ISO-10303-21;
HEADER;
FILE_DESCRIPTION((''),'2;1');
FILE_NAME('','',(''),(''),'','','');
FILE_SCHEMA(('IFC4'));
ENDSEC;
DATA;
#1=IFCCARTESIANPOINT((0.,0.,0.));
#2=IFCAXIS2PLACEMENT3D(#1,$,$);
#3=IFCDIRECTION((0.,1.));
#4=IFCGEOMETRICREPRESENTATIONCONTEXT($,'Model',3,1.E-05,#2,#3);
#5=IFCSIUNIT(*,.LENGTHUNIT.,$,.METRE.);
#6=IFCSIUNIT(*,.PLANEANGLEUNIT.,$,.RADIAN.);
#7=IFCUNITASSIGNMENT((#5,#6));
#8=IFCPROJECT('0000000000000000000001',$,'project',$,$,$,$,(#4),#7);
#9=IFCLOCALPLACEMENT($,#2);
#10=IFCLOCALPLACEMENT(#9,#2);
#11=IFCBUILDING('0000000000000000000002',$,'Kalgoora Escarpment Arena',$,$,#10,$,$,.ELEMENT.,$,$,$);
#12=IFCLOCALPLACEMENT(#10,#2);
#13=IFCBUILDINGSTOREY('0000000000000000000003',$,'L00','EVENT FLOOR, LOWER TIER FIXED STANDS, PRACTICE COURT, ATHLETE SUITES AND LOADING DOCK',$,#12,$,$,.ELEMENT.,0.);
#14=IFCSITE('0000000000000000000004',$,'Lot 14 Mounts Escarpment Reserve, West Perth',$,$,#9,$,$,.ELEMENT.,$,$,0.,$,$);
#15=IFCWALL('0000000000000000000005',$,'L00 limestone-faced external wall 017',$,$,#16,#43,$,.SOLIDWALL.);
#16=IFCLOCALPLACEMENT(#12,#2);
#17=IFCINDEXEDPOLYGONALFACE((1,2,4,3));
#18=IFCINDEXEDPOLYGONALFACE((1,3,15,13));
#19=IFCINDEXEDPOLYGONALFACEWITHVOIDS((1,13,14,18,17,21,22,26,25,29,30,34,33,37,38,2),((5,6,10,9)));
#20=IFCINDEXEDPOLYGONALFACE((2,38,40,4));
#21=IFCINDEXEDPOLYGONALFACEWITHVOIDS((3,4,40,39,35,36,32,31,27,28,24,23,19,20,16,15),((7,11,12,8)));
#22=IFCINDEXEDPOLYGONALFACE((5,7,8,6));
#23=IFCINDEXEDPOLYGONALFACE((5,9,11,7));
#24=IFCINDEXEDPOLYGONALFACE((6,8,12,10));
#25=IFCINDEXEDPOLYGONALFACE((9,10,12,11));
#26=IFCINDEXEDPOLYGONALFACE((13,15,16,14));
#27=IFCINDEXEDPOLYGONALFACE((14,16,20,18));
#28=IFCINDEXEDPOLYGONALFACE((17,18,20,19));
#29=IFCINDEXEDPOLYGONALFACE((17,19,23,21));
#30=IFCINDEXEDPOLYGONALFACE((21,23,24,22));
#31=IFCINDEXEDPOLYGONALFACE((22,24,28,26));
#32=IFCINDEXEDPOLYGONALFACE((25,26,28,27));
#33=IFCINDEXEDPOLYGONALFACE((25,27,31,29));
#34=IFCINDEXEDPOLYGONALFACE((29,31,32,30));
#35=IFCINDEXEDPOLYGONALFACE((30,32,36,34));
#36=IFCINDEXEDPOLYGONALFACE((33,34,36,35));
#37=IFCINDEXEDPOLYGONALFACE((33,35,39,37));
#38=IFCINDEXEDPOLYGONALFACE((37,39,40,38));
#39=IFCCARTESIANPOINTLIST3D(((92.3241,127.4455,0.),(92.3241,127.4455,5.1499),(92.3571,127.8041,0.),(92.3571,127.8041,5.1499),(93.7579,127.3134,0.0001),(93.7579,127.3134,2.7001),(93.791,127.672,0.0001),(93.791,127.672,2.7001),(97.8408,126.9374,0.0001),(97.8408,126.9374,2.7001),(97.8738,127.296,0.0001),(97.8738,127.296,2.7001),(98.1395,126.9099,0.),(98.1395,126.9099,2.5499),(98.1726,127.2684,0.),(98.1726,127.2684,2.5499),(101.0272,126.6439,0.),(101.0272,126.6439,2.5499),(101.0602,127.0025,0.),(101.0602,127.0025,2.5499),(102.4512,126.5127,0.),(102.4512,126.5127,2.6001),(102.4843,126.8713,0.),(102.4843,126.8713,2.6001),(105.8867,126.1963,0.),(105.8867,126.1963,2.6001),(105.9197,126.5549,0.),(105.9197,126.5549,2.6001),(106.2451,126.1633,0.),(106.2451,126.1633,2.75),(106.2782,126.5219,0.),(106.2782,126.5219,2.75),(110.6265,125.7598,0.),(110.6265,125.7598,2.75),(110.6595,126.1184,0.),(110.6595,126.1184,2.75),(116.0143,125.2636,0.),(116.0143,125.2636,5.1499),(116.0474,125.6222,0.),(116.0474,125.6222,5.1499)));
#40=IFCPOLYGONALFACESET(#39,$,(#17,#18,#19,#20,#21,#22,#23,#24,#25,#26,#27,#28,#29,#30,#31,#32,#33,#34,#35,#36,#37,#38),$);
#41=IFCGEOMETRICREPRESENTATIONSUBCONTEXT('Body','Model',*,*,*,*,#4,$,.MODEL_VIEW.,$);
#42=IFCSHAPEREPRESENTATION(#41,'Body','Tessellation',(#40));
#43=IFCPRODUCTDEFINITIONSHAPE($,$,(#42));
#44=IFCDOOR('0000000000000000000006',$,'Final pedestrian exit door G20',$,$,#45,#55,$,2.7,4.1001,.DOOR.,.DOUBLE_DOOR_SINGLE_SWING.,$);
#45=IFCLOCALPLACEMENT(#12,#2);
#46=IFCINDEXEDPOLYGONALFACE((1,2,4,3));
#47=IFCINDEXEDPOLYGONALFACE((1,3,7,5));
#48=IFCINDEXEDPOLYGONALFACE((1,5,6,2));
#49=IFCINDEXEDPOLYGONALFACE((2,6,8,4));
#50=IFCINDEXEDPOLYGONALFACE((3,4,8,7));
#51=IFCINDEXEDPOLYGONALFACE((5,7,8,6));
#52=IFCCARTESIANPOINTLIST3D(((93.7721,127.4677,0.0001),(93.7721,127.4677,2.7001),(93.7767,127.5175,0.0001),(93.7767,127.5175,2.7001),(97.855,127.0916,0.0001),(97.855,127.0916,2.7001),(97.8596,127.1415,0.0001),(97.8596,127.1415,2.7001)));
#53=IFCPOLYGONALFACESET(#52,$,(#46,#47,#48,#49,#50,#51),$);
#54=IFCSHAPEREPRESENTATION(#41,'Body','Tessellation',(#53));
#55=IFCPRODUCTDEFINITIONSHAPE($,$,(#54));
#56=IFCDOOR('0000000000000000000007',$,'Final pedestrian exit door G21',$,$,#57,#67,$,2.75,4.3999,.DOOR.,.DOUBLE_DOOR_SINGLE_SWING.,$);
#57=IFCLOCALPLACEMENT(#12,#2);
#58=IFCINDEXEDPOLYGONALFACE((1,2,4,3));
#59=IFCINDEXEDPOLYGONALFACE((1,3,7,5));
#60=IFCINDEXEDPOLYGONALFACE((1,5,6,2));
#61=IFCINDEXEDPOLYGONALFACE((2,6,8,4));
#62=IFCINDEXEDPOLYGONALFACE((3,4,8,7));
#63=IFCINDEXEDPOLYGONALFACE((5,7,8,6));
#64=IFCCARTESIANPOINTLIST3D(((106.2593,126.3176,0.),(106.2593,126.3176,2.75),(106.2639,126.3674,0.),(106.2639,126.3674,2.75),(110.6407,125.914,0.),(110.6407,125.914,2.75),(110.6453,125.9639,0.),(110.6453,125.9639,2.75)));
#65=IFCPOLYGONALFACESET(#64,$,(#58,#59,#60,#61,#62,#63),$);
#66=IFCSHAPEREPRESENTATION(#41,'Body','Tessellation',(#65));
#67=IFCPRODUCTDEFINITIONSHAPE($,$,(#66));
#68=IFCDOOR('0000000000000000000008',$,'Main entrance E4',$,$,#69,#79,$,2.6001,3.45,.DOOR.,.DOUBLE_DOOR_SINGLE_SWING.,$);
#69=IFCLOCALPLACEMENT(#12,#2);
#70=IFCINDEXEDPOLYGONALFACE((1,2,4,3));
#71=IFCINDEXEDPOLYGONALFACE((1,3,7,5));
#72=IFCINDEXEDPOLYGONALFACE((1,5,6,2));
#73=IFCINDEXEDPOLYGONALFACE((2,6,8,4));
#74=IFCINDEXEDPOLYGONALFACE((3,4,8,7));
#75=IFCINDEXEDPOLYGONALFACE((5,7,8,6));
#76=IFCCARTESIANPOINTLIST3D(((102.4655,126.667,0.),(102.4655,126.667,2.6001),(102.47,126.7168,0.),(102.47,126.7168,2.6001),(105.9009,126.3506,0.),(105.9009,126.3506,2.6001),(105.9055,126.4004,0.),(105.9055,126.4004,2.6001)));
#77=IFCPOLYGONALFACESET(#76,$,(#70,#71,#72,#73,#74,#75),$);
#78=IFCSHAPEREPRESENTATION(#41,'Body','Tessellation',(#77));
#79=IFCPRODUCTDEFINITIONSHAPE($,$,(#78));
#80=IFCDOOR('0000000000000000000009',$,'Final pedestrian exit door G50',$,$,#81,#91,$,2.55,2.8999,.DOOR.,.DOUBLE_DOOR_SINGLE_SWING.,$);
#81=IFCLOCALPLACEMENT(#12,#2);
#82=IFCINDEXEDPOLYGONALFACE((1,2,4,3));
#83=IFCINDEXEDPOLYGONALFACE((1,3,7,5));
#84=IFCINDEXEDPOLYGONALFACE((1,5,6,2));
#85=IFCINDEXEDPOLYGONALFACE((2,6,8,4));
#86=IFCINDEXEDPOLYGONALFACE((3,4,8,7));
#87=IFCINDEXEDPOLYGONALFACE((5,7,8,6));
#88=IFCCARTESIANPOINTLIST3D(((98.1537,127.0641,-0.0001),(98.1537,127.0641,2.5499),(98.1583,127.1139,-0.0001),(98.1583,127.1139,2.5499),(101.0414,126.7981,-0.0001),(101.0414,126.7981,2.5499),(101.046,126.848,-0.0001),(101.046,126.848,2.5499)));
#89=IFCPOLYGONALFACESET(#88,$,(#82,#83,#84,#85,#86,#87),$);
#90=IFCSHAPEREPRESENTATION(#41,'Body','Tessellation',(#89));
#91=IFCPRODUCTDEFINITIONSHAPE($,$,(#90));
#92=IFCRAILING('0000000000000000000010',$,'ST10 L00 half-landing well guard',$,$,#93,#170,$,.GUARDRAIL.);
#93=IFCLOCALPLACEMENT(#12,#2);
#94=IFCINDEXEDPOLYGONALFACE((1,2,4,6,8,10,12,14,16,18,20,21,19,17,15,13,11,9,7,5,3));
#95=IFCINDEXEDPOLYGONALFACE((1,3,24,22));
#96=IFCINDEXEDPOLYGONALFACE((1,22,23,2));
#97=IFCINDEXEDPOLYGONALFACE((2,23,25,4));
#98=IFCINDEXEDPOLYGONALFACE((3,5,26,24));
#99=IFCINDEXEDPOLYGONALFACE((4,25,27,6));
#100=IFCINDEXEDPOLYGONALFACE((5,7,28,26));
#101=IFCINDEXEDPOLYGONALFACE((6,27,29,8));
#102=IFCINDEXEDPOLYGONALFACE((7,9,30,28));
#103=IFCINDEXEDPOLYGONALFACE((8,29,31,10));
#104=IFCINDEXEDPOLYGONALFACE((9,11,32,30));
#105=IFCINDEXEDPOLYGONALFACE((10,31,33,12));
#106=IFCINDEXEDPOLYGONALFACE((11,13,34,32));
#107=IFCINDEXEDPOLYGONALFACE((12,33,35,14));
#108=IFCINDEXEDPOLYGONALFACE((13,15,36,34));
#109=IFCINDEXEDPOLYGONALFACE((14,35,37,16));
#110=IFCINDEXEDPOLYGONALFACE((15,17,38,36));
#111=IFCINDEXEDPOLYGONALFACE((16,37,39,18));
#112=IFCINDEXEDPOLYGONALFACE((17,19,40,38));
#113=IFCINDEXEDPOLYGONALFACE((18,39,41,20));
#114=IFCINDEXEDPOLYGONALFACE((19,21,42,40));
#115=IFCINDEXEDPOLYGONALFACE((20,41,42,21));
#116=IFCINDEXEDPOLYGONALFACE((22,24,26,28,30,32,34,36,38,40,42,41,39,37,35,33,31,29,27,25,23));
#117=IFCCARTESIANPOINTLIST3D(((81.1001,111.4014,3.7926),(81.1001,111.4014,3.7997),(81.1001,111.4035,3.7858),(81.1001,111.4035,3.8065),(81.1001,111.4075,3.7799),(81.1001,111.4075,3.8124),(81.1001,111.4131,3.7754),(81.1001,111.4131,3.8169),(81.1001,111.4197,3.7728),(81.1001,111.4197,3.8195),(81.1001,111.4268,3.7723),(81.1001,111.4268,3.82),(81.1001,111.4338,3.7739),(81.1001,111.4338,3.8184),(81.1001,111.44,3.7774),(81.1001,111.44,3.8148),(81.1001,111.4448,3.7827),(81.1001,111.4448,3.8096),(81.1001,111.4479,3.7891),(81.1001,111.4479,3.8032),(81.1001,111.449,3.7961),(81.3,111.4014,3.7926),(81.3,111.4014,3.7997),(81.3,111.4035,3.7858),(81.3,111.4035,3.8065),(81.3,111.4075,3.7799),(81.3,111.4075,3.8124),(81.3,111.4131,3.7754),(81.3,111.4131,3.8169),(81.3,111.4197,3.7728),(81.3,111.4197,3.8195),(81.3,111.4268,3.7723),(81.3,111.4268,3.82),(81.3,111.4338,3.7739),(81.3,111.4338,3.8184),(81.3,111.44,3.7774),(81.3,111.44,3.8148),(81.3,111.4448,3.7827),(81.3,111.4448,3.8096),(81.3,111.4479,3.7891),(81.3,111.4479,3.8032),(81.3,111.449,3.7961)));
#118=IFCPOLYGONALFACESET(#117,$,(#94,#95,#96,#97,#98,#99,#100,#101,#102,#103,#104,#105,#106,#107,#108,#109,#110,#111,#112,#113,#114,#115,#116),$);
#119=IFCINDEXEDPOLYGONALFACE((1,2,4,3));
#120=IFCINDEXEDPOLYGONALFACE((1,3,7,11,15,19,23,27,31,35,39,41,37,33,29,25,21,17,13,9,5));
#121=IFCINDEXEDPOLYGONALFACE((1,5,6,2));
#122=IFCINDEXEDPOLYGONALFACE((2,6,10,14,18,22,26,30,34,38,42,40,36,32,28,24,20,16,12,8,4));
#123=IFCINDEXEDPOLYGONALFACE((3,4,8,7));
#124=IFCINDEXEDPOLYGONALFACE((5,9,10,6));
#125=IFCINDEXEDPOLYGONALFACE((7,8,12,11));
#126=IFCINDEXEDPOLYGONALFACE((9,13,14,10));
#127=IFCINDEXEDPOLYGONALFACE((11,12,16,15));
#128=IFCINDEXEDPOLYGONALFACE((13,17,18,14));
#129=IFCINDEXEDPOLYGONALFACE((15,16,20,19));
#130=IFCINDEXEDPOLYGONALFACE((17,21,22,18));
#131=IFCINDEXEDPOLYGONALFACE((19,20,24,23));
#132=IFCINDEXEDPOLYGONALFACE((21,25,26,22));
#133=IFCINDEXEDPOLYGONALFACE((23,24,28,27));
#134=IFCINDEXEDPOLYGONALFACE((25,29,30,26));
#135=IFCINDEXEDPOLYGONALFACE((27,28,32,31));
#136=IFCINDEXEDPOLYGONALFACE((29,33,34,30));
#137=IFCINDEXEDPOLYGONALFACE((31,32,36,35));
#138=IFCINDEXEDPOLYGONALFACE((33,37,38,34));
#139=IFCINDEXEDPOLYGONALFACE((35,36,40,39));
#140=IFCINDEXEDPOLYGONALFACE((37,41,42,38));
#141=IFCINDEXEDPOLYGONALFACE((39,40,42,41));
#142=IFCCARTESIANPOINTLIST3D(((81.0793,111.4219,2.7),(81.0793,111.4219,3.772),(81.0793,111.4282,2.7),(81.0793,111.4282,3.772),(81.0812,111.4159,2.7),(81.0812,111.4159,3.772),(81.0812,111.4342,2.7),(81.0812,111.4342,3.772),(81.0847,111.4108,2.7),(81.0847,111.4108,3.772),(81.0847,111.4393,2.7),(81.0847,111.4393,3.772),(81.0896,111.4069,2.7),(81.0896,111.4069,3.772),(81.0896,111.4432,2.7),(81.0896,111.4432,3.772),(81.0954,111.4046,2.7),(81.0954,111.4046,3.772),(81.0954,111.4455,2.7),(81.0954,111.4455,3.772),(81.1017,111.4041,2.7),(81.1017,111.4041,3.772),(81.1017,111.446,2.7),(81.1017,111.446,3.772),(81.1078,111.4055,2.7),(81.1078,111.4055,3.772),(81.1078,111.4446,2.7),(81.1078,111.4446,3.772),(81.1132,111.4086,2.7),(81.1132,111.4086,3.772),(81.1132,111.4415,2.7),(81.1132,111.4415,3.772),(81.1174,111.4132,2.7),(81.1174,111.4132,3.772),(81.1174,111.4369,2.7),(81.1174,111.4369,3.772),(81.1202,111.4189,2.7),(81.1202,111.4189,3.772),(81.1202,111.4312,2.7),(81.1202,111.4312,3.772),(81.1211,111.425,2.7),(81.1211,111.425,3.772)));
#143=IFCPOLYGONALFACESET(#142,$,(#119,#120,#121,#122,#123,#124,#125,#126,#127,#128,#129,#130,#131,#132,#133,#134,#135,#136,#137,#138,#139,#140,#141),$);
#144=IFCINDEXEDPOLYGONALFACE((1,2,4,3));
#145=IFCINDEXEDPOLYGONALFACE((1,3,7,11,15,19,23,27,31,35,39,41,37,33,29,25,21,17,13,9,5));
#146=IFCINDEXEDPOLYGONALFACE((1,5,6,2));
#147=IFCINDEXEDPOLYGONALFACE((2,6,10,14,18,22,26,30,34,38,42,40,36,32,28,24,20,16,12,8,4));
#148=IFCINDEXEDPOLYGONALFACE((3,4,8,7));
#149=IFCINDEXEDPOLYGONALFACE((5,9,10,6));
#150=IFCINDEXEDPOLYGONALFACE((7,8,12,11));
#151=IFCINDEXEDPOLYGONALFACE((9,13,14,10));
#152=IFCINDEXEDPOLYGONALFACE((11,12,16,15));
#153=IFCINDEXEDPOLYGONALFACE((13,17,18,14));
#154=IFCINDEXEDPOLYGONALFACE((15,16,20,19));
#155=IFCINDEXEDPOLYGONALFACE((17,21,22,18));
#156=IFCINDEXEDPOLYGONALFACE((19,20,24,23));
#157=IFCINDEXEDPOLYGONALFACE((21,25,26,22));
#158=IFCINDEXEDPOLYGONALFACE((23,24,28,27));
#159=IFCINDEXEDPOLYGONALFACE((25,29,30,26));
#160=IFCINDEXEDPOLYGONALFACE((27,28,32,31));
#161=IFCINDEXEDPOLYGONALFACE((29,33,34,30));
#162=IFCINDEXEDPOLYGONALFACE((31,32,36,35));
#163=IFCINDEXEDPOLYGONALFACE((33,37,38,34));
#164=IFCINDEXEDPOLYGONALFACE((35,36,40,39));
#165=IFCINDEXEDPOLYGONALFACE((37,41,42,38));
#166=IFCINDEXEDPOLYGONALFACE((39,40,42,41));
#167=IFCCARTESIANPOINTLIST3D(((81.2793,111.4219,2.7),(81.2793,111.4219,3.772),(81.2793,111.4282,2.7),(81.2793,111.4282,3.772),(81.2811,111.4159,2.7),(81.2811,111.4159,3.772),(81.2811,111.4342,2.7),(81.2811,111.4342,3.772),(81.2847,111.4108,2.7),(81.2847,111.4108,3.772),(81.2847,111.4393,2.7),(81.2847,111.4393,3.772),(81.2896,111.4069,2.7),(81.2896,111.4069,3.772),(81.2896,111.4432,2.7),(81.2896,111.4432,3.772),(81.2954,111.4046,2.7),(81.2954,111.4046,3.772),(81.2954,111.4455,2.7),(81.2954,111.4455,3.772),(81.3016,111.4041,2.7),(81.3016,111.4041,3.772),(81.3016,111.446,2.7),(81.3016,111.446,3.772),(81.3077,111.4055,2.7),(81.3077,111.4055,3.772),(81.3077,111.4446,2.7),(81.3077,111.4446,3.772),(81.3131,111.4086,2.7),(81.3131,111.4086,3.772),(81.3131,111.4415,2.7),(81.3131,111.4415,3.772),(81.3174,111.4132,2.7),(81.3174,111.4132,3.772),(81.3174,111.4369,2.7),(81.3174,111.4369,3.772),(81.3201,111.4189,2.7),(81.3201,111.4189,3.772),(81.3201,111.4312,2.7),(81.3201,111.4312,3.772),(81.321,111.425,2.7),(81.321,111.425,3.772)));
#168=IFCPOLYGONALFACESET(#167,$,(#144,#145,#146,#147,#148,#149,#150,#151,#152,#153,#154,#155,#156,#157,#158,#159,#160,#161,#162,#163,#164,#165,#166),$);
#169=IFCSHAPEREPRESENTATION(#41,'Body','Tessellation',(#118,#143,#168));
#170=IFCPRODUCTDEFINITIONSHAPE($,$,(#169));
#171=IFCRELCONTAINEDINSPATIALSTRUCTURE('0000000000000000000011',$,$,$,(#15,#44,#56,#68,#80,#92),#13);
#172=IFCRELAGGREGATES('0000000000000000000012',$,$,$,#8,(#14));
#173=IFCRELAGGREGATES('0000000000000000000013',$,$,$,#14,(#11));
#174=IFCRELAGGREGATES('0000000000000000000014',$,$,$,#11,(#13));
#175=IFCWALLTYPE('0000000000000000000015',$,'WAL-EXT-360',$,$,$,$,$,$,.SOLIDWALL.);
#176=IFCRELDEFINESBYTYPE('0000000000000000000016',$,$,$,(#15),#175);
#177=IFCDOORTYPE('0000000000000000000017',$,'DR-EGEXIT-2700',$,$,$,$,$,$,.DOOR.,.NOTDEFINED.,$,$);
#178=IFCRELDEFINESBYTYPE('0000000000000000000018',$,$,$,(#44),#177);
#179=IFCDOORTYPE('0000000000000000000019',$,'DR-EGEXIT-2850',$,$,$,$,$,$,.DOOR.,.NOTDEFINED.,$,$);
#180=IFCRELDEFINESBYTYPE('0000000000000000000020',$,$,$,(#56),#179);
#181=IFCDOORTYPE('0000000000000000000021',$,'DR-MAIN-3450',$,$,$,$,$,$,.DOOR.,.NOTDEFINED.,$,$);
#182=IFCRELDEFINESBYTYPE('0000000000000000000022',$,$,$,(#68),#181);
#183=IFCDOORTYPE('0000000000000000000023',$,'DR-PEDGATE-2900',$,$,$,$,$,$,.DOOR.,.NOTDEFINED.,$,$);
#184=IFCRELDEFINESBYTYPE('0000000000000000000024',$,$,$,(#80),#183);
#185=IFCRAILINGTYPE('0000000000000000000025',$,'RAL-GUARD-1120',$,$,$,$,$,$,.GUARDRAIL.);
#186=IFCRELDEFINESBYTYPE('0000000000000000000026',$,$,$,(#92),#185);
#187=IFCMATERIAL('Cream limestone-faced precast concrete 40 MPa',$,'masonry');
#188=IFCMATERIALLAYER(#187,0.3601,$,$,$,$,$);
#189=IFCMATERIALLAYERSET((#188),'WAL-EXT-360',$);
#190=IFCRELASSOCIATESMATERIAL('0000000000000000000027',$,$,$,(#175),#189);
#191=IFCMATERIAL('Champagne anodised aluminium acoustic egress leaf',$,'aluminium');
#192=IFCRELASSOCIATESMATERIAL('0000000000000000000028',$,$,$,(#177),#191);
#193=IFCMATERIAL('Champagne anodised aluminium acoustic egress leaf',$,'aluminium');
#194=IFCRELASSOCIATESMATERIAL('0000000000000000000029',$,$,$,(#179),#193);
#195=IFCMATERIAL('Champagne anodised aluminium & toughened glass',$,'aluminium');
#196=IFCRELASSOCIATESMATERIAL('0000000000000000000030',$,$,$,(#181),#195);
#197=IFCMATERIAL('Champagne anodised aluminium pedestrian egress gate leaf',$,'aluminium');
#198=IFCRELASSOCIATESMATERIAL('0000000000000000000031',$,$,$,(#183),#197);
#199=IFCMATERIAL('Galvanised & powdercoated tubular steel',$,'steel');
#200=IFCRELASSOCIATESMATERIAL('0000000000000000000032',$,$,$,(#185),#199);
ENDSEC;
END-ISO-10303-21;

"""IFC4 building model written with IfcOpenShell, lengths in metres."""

from ifc_helpers import new_model, si_unit, direction, frame, frame_2d, origin, origin_2d, place, context, subcontext, project, spatial, rectangle, circle, extrude, material, layer, layer_set, type_object, element, fill, save


model = new_model("IFC4")

# Units and contexts
model_context = context("Model", 3, precision=1e-05, world=origin(), true_north=direction((0.0, 1.0)))
body_context = subcontext(model_context, "Body", "Model", "MODEL_VIEW")
ifc_project = project(units=[si_unit("LENGTHUNIT", "METRE"), si_unit("PLANEANGLEUNIT", "RADIAN")], contexts=[model_context])

# Site, building, storey
site_placement = place(None, origin())
site = spatial("IfcSite", under=ifc_project, at=site_placement, Name="Lot 14 Mounts Escarpment Reserve, West Perth", CompositionType="ELEMENT", RefElevation=0.0)
building_placement = place(site_placement, origin())
building = spatial("IfcBuilding", under=site, at=building_placement, Name="Kalgoora Escarpment Arena", CompositionType="ELEMENT")
storey_placement = place(building_placement, origin())
storey = spatial("IfcBuildingStorey", under=building, at=storey_placement, Name="L00", Description="EVENT FLOOR, LOWER TIER FIXED STANDS, PRACTICE COURT, ATHLETE SUITES AND LOADING DOCK", CompositionType="ELEMENT", Elevation=0.0)

# Wall, openings, doors
ifc_material_1 = material(Name="Cream limestone-faced precast concrete 40 MPa", Category="masonry")
ifc_layer = layer(ifc_material_1, 0.3601)
ifc_layer_set = layer_set([ifc_layer], Name="WAL-EXT-360")
wall_type = type_object("IfcWallType", Name="WAL-EXT-360", PredefinedType="SOLIDWALL", material=ifc_layer_set)
wall_placement = place(storey_placement, frame((92.3406, 127.6248, 0.0), z_axis=(0.0, 0.0, 1.0), x_axis=(0.995786, -0.091713, 0.0)))
wall = element("IfcWall", 1, at=wall_placement, inside=storey, type_object=wall_type, Name="L00 limestone-faced external wall 017", PredefinedType="SOLIDWALL", context=body_context, shape_type="SweptSolid", body=[
    extrude(rectangle(XDim=23.7905, YDim=0.3601, at=frame_2d((11.8953, 0.0))), origin(), (0.0, 0.0, 1.0), 5.1499),
])
opening_1_placement = place(wall_placement, frame((10.1699, 0.0, 0.0)))
opening_1 = element("IfcOpeningElement", 2, at=opening_1_placement, cuts=wall, PredefinedType="OPENING", context=body_context, shape_type="SweptSolid", body=[
    extrude(rectangle(XDim=3.45, YDim=2.6001, at=frame_2d((1.7251, 1.3))), frame((0.0, 0.1899, 0.0), z_axis=(0.0, -1.0, 0.0), x_axis=(1.0, 0.0, 0.0)), (0.0, 0.0, 1.0), 0.3801),
])
opening_2_placement = place(wall_placement, frame((1.4399, 0.0, 0.0)))
opening_2 = element("IfcOpeningElement", 3, at=opening_2_placement, cuts=wall, PredefinedType="OPENING", context=body_context, shape_type="SweptSolid", body=[
    extrude(rectangle(XDim=4.1001, YDim=2.7, at=frame_2d((2.05, 1.3501))), frame((0.0, 0.1899, 0.0), z_axis=(0.0, -1.0, 0.0), x_axis=(1.0, 0.0, 0.0)), (0.0, 0.0, 1.0), 0.3801),
])
opening_3_placement = place(wall_placement, frame((13.98, 0.0, 0.0)))
opening_3 = element("IfcOpeningElement", 4, at=opening_3_placement, cuts=wall, PredefinedType="OPENING", context=body_context, shape_type="SweptSolid", body=[
    extrude(rectangle(XDim=4.3999, YDim=2.75, at=frame_2d((2.2, 1.375))), frame((0.0, 0.1899, 0.0), z_axis=(0.0, -1.0, 0.0), x_axis=(1.0, 0.0, 0.0)), (0.0, 0.0, 1.0), 0.3801),
])
opening_4_placement = place(wall_placement, frame((5.8401, 0.0, 0.0)))
opening_4 = element("IfcOpeningElement", 5, at=opening_4_placement, cuts=wall, PredefinedType="OPENING", context=body_context, shape_type="SweptSolid", body=[
    extrude(rectangle(XDim=2.8999, YDim=2.55, at=frame_2d((1.45, 1.2749))), frame((0.0, 0.1899, 0.0), z_axis=(0.0, -1.0, 0.0), x_axis=(1.0, 0.0, 0.0)), (0.0, 0.0, 1.0), 0.3801),
])
ifc_material_2 = material(Name="Champagne anodised aluminium acoustic egress leaf", Category="aluminium")
door_type_1 = type_object("IfcDoorType", Name="DR-EGEXIT-2700", OperationType="NOTDEFINED", PredefinedType="DOOR", material=ifc_material_2)
door_1_placement = place(opening_2_placement, origin())
door_1 = element("IfcDoor", 6, at=door_1_placement, inside=storey, type_object=door_type_1, Name="Final pedestrian exit door G20", OperationType="DOUBLE_DOOR_SINGLE_SWING", OverallHeight=2.7, OverallWidth=4.1001, PredefinedType="DOOR", context=body_context, shape_type="SweptSolid", body=[
    extrude(rectangle(XDim=4.1001, YDim=2.7, at=frame_2d((2.05, 1.3501))), frame((0.0, 0.0249, 0.0), z_axis=(0.0, -1.0, 0.0), x_axis=(1.0, 0.0, 0.0)), (0.0, 0.0, 1.0), 0.05),
])
fill(opening_2, door_1)
ifc_material_3 = material(Name="Champagne anodised aluminium acoustic egress leaf", Category="aluminium")
door_type_2 = type_object("IfcDoorType", Name="DR-EGEXIT-2850", OperationType="NOTDEFINED", PredefinedType="DOOR", material=ifc_material_3)
door_2_placement = place(opening_3_placement, origin())
door_2 = element("IfcDoor", 7, at=door_2_placement, inside=storey, type_object=door_type_2, Name="Final pedestrian exit door G21", OperationType="DOUBLE_DOOR_SINGLE_SWING", OverallHeight=2.75, OverallWidth=4.3999, PredefinedType="DOOR", context=body_context, shape_type="SweptSolid", body=[
    extrude(rectangle(XDim=4.3999, YDim=2.75, at=frame_2d((2.2, 1.375))), frame((0.0, 0.0249, 0.0), z_axis=(0.0, -1.0, 0.0), x_axis=(1.0, 0.0, 0.0)), (0.0, 0.0, 1.0), 0.05),
])
fill(opening_3, door_2)
ifc_material_4 = material(Name="Champagne anodised aluminium & toughened glass", Category="aluminium")
door_type_3 = type_object("IfcDoorType", Name="DR-MAIN-3450", OperationType="NOTDEFINED", PredefinedType="DOOR", material=ifc_material_4)
door_3_placement = place(opening_1_placement, origin())
door_3 = element("IfcDoor", 8, at=door_3_placement, inside=storey, type_object=door_type_3, Name="Main entrance E4", OperationType="DOUBLE_DOOR_SINGLE_SWING", OverallHeight=2.6001, OverallWidth=3.45, PredefinedType="DOOR", context=body_context, shape_type="SweptSolid", body=[
    extrude(rectangle(XDim=3.45, YDim=2.6001, at=frame_2d((1.7251, 1.3))), frame((0.0, 0.0249, 0.0), z_axis=(0.0, -1.0, 0.0), x_axis=(1.0, 0.0, 0.0)), (0.0, 0.0, 1.0), 0.05),
])
fill(opening_1, door_3)
ifc_material_5 = material(Name="Champagne anodised aluminium pedestrian egress gate leaf", Category="aluminium")
door_type_4 = type_object("IfcDoorType", Name="DR-PEDGATE-2900", OperationType="NOTDEFINED", PredefinedType="DOOR", material=ifc_material_5)
door_4_placement = place(opening_4_placement, origin())
door_4 = element("IfcDoor", 9, at=door_4_placement, inside=storey, type_object=door_type_4, Name="Final pedestrian exit door G50", OperationType="DOUBLE_DOOR_SINGLE_SWING", OverallHeight=2.55, OverallWidth=2.8999, PredefinedType="DOOR", context=body_context, shape_type="SweptSolid", body=[
    extrude(rectangle(XDim=2.8999, YDim=2.55, at=frame_2d((1.45, 1.2749))), frame((0.0, 0.0249, 0.0), z_axis=(0.0, -1.0, 0.0), x_axis=(1.0, 0.0, 0.0)), (0.0, 0.0, 1.0), 0.05),
])
fill(opening_4, door_4)

# Railing
ifc_material_6 = material(Name="Galvanised & powdercoated tubular steel", Category="steel")
railing_type = type_object("IfcRailingType", Name="RAL-GUARD-1120", PredefinedType="GUARDRAIL", material=ifc_material_6)
railing_placement = place(storey_placement, frame((81.1001, 111.425, 2.7)))
element("IfcRailing", 10, at=railing_placement, inside=storey, type_object=railing_type, Name="ST10 L00 half-landing well guard", PredefinedType="GUARDRAIL", context=body_context, shape_type="SweptSolid", body=[
    extrude(circle(Radius=0.0239, at=origin_2d()), frame((0.0, 0.0, 1.0962), z_axis=(1.0, 0.0, 0.0), x_axis=(0.0, 1.0, 0.0)), (0.0, 0.0, 1.0), 0.2),
    extrude(circle(Radius=0.021, at=origin_2d()), origin(), (0.0, 0.0, 1.0), 1.072),
    extrude(circle(Radius=0.021, at=origin_2d()), frame((0.2, 0.0, 0.0)), (0.0, 0.0, 1.0), 1.072),
])

save(model, "model.ifc")
